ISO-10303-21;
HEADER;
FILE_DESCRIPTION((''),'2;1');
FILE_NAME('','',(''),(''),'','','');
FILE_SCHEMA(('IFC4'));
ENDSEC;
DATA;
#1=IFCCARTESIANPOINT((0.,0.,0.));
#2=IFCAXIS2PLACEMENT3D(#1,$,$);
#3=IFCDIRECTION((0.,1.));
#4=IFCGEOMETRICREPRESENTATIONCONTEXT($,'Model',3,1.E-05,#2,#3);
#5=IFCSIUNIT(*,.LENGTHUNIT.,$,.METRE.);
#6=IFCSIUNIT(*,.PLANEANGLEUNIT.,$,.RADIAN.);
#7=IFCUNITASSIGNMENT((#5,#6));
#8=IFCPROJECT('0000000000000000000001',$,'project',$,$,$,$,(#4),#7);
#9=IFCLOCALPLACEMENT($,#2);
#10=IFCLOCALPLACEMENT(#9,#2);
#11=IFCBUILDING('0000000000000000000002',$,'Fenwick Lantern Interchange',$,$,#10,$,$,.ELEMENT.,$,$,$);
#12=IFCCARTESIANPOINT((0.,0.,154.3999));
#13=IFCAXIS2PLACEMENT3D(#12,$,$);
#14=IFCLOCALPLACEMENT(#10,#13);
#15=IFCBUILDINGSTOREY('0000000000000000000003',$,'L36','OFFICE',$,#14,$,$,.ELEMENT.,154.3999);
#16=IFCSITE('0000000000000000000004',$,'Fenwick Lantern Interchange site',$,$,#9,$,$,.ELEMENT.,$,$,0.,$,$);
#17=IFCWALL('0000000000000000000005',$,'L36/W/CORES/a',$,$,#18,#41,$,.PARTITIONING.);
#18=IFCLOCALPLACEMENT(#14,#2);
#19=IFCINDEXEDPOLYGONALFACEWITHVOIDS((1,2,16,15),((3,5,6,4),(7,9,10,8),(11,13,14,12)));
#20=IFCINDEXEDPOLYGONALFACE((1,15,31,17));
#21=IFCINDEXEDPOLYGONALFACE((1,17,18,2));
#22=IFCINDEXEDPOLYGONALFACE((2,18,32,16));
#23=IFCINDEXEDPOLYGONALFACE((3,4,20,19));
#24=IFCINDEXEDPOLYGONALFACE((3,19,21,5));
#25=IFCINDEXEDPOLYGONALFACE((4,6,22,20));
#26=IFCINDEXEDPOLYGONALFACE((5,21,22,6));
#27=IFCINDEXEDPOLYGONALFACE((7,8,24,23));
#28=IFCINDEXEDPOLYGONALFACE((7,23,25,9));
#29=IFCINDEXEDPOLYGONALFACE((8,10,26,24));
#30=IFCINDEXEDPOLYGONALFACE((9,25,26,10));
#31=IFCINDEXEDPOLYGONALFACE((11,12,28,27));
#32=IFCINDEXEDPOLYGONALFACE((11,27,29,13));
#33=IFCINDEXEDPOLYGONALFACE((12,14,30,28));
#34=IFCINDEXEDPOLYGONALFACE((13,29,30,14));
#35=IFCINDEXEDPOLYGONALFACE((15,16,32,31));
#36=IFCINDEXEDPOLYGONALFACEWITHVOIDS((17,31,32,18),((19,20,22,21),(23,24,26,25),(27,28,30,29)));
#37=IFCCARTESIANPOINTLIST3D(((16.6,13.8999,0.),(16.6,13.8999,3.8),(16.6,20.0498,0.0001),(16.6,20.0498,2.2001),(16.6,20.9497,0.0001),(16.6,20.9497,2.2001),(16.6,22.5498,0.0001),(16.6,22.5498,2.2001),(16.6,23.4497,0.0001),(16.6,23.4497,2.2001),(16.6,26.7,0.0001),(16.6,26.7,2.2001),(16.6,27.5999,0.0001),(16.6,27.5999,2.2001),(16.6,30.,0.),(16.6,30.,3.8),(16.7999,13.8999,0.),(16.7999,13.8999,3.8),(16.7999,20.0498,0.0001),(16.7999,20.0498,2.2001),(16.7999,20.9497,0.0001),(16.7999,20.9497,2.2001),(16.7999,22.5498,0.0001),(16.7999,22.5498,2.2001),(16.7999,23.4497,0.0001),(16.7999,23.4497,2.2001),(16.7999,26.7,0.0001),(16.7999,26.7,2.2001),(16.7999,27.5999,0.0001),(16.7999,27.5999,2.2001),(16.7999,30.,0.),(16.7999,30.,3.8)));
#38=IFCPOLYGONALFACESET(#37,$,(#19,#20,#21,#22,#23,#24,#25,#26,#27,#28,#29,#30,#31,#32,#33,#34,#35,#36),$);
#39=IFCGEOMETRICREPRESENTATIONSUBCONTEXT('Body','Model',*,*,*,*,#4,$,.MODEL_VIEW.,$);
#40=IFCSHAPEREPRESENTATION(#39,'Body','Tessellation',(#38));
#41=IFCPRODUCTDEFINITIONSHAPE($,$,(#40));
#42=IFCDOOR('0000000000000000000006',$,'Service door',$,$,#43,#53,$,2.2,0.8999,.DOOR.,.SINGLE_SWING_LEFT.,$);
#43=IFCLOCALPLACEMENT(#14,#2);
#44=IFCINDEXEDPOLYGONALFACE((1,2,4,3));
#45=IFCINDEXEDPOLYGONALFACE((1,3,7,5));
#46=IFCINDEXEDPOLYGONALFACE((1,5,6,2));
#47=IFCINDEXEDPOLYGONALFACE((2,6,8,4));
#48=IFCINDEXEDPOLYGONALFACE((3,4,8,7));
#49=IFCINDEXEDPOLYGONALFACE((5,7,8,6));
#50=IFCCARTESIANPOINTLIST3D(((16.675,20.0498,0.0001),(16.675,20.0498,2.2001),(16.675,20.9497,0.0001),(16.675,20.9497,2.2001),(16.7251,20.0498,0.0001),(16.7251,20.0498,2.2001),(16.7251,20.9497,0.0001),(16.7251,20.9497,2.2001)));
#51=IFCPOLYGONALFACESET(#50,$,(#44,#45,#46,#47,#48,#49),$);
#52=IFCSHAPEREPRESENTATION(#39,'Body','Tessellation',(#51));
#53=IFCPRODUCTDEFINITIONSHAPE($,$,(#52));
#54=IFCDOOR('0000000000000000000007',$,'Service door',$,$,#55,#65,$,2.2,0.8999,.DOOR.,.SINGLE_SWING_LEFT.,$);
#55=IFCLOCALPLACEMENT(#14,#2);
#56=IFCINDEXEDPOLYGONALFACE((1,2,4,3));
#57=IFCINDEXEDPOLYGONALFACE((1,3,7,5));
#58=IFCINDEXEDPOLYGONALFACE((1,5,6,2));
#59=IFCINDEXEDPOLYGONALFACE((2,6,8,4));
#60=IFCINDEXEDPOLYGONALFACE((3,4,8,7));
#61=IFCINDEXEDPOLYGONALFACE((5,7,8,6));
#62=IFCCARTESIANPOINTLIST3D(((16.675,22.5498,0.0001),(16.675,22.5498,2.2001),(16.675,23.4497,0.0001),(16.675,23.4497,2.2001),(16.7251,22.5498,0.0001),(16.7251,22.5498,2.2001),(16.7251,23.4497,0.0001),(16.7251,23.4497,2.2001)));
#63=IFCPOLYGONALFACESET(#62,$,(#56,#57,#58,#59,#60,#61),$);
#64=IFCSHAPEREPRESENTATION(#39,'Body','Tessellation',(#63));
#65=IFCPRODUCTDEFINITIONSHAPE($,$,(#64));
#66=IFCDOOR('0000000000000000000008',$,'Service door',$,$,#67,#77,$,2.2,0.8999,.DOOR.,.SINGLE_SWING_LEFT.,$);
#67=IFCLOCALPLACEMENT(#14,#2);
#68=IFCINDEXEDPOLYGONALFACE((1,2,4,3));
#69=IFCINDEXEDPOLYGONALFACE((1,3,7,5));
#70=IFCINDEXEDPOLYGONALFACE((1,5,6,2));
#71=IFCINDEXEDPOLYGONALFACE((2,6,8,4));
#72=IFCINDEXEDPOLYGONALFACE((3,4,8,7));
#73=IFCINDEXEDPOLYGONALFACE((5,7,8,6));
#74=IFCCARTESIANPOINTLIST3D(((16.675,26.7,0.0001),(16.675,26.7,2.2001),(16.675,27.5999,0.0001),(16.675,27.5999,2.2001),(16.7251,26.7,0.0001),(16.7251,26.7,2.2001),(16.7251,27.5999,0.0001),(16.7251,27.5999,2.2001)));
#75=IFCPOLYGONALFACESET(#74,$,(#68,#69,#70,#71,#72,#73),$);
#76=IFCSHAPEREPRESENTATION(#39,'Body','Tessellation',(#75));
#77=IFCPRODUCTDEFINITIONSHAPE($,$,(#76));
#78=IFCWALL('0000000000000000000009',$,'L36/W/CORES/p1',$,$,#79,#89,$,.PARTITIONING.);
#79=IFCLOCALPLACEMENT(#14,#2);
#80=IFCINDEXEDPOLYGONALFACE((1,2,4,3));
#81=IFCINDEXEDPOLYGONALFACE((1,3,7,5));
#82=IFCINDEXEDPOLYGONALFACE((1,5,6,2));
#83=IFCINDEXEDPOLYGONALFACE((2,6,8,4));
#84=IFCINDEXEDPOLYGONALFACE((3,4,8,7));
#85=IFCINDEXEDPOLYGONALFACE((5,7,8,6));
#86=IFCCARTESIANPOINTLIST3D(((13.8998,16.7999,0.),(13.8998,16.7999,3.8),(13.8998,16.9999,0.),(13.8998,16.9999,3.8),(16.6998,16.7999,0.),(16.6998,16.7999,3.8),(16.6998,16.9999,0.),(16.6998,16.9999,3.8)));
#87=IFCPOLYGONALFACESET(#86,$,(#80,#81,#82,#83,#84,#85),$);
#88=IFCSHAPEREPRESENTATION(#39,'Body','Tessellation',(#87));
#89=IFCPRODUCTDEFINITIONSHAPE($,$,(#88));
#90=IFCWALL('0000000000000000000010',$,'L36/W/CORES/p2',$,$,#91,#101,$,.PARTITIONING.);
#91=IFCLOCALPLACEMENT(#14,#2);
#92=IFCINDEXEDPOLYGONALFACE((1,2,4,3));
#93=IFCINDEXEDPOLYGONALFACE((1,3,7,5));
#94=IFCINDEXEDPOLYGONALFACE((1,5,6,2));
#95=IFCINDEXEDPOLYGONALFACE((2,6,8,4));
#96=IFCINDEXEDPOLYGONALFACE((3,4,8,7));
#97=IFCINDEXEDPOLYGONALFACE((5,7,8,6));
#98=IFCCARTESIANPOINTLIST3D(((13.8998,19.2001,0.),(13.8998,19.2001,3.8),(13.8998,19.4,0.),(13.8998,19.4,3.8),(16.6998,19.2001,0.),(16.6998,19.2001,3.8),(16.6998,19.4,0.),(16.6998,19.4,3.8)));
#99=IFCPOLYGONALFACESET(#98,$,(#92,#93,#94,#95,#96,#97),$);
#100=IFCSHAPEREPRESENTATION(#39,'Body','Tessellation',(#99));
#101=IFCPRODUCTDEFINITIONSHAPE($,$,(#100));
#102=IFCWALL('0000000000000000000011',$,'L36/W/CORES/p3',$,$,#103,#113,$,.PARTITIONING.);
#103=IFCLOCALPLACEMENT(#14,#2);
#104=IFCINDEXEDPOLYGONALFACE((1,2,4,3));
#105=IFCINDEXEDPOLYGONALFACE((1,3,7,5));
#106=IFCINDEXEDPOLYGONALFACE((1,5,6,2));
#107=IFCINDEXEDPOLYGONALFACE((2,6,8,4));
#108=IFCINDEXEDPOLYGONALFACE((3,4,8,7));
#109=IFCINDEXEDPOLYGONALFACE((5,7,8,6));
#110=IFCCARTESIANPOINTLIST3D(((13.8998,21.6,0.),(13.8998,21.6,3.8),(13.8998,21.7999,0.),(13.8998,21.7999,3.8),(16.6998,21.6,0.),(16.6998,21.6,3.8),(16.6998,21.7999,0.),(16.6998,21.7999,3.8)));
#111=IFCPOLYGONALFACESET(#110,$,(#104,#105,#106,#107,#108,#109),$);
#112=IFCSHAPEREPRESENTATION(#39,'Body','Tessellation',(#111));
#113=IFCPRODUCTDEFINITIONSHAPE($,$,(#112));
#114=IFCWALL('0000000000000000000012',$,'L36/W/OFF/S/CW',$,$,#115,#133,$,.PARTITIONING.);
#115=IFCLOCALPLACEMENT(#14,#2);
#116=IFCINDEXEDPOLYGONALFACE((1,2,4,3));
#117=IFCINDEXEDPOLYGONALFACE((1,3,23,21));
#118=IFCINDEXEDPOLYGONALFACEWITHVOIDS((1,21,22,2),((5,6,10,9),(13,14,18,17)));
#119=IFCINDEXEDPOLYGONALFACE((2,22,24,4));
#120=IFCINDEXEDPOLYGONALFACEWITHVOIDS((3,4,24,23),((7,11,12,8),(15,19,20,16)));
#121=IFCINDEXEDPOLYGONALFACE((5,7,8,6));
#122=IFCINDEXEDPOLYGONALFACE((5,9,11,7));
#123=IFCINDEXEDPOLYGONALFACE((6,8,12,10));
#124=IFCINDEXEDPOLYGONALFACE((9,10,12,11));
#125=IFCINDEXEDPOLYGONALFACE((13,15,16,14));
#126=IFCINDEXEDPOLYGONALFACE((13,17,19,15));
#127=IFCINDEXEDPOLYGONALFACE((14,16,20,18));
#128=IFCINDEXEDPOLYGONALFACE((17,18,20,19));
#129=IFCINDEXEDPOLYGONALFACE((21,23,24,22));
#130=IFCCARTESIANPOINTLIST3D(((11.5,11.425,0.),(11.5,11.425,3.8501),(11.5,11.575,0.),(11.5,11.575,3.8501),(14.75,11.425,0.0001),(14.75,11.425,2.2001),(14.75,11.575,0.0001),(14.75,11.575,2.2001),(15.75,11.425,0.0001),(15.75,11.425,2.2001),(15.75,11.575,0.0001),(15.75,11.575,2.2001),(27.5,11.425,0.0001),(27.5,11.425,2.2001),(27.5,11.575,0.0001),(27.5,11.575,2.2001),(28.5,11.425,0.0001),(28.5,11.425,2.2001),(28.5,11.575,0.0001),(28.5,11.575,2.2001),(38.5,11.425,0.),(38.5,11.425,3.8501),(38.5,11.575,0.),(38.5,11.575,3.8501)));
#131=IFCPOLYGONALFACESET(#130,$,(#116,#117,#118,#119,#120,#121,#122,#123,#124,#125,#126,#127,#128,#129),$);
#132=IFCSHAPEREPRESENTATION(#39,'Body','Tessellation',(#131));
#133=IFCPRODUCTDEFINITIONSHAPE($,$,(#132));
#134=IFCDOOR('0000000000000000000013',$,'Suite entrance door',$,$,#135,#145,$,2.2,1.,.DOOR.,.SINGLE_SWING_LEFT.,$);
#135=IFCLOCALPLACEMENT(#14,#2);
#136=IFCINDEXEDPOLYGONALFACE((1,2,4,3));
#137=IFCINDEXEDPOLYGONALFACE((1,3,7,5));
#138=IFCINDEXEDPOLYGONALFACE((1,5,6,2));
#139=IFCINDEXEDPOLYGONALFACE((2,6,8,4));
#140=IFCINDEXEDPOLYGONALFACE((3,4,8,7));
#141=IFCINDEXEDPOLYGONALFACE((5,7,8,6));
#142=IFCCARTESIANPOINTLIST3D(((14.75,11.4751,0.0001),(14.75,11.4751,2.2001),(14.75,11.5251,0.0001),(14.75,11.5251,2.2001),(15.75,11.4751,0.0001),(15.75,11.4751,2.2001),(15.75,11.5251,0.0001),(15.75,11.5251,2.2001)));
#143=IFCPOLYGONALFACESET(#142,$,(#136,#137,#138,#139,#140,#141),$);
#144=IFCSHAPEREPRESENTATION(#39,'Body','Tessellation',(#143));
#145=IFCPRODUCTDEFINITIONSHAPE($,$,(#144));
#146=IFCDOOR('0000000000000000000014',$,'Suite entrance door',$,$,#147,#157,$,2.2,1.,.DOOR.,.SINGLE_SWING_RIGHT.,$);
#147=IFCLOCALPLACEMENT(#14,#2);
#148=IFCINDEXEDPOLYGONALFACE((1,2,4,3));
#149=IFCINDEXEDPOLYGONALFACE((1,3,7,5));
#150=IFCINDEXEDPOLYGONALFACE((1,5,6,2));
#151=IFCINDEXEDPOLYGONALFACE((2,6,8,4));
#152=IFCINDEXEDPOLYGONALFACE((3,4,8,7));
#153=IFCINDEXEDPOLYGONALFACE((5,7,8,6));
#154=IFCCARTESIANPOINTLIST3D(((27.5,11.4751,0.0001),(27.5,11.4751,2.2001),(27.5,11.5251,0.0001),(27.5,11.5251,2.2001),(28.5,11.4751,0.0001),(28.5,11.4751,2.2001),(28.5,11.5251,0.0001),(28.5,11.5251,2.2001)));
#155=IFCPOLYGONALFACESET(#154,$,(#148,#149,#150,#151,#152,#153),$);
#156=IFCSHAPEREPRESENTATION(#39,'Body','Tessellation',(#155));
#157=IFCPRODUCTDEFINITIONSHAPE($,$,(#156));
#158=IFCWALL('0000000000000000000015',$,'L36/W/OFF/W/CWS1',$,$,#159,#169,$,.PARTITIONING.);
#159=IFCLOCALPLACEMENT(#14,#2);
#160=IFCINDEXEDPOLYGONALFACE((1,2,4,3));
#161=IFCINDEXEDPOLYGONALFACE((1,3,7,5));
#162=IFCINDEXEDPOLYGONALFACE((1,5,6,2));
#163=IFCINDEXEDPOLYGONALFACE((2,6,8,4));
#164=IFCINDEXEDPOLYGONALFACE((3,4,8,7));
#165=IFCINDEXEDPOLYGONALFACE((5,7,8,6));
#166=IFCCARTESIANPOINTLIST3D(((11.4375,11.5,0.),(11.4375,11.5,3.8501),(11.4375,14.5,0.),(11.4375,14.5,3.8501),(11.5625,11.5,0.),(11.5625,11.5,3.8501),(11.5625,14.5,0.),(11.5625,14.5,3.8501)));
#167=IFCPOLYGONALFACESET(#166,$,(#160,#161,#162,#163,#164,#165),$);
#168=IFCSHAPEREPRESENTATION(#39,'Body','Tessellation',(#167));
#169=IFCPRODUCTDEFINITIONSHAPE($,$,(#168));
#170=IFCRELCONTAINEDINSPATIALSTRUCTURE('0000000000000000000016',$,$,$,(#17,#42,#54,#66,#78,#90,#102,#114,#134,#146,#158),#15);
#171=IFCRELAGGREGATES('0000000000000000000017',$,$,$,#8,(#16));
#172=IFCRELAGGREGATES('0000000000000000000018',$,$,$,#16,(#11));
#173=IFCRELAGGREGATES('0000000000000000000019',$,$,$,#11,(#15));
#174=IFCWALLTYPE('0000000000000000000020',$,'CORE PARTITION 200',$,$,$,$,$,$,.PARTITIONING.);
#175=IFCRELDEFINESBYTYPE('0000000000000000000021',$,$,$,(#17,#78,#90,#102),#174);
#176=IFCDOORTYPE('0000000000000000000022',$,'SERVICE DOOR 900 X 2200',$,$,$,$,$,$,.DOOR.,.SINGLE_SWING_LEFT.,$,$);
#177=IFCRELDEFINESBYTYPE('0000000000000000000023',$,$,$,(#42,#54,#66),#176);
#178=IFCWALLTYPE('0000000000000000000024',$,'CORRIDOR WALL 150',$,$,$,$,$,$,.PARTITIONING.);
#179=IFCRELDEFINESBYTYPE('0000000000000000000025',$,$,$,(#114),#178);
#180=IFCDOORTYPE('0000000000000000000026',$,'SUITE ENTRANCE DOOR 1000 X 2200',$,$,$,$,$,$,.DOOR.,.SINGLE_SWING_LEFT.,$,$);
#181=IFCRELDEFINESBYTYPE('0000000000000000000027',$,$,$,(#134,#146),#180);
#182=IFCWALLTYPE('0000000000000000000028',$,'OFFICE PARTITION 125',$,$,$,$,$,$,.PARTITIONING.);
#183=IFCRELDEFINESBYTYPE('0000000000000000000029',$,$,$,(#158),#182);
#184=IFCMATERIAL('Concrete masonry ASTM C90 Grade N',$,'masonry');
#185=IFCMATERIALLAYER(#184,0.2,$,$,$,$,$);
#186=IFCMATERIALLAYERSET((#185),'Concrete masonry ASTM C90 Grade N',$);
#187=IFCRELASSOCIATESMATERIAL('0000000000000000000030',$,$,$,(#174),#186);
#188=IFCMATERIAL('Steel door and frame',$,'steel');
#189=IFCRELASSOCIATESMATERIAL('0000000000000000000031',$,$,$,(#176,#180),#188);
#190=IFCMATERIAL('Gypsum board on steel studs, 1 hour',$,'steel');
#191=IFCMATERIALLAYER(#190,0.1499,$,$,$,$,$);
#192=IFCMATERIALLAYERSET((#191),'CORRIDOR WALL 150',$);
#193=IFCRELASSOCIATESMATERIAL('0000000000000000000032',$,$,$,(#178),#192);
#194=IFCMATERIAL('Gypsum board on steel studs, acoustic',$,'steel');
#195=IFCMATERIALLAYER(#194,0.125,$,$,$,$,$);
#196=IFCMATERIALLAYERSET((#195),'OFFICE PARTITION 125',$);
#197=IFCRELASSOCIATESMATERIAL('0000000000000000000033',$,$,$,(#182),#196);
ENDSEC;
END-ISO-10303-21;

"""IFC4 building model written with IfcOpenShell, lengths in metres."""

from ifc_helpers import new_model, si_unit, direction, frame, frame_2d, origin, place, context, subcontext, project, spatial, rectangle, extrude, material, layer, layer_set, type_object, element, fill, save


model = new_model("IFC4")

# Units and contexts
model_context = context("Model", 3, precision=1e-05, world=origin(), true_north=direction((0.0, 1.0)))
body_context = subcontext(model_context, "Body", "Model", "MODEL_VIEW")
ifc_project = project(units=[si_unit("LENGTHUNIT", "METRE"), si_unit("PLANEANGLEUNIT", "RADIAN")], contexts=[model_context])

# Site, building, storey
site_placement = place(None, origin())
site = spatial("IfcSite", under=ifc_project, at=site_placement, Name="Fenwick Lantern Interchange site", CompositionType="ELEMENT", RefElevation=0.0)
building_placement = place(site_placement, origin())
building = spatial("IfcBuilding", under=site, at=building_placement, Name="Fenwick Lantern Interchange", CompositionType="ELEMENT")
storey_placement = place(building_placement, frame((0.0, 0.0, 154.3999)))
storey = spatial("IfcBuildingStorey", under=building, at=storey_placement, Name="L36", Description="OFFICE", CompositionType="ELEMENT", Elevation=154.3999)

# Wall, openings, doors
ifc_material_1 = material(Name="Concrete masonry ASTM C90 Grade N", Category="masonry")
ifc_layer_1 = layer(ifc_material_1, 0.2)
ifc_layer_set_1 = layer_set([ifc_layer_1], Name="Concrete masonry ASTM C90 Grade N")
wall_type_1 = type_object("IfcWallType", Name="CORE PARTITION 200", PredefinedType="PARTITIONING", material=ifc_layer_set_1)
wall_1_placement = place(storey_placement, frame((16.7, 13.8999, 0.0), z_axis=(0.0, 0.0, 1.0), x_axis=(0.0, 1.0, 0.0)))
wall_1 = element("IfcWall", 1, at=wall_1_placement, inside=storey, type_object=wall_type_1, Name="L36/W/CORES/a", PredefinedType="PARTITIONING", context=body_context, shape_type="SweptSolid", body=[
    extrude(rectangle(XDim=16.1001, YDim=0.2, at=frame_2d((8.05, 0.0))), origin(), (0.0, 0.0, 1.0), 3.8),
])
opening_1_placement = place(wall_1_placement, frame((6.1499, 0.0, 0.0)))
opening_1 = element("IfcOpeningElement", 2, at=opening_1_placement, cuts=wall_1, PredefinedType="OPENING", context=body_context, shape_type="SweptSolid", body=[
    extrude(rectangle(XDim=0.8999, YDim=2.2, at=frame_2d((0.45, 1.1001))), frame((0.0, 0.1099, 0.0), z_axis=(0.0, -1.0, 0.0), x_axis=(1.0, 0.0, 0.0)), (0.0, 0.0, 1.0), 0.22),
])
opening_2_placement = place(wall_1_placement, frame((8.6499, 0.0, 0.0)))
opening_2 = element("IfcOpeningElement", 3, at=opening_2_placement, cuts=wall_1, PredefinedType="OPENING", context=body_context, shape_type="SweptSolid", body=[
    extrude(rectangle(XDim=0.8999, YDim=2.2, at=frame_2d((0.45, 1.1001))), frame((0.0, 0.1099, 0.0), z_axis=(0.0, -1.0, 0.0), x_axis=(1.0, 0.0, 0.0)), (0.0, 0.0, 1.0), 0.22),
])
opening_3_placement = place(wall_1_placement, frame((12.8, 0.0, 0.0)))
opening_3 = element("IfcOpeningElement", 4, at=opening_3_placement, cuts=wall_1, PredefinedType="OPENING", context=body_context, shape_type="SweptSolid", body=[
    extrude(rectangle(XDim=0.8999, YDim=2.2, at=frame_2d((0.45, 1.1001))), frame((0.0, 0.1099, 0.0), z_axis=(0.0, -1.0, 0.0), x_axis=(1.0, 0.0, 0.0)), (0.0, 0.0, 1.0), 0.22),
])
ifc_material_2 = material(Name="Steel door and frame", Category="steel")
door_type_1 = type_object("IfcDoorType", Name="SERVICE DOOR 900 X 2200", OperationType="SINGLE_SWING_LEFT", PredefinedType="DOOR", material=ifc_material_2)
door_1_placement = place(opening_1_placement, origin())
door_1 = element("IfcDoor", 5, at=door_1_placement, inside=storey, type_object=door_type_1, Name="Service door", OperationType="SINGLE_SWING_LEFT", OverallHeight=2.2, OverallWidth=0.8999, PredefinedType="DOOR", context=body_context, shape_type="SweptSolid", body=[
    extrude(rectangle(XDim=0.8999, YDim=2.2, at=frame_2d((0.45, 1.1001))), frame((0.0, 0.0249, 0.0), z_axis=(0.0, -1.0, 0.0), x_axis=(1.0, 0.0, 0.0)), (0.0, 0.0, 1.0), 0.05),
])
fill(opening_1, door_1)
door_2_placement = place(opening_2_placement, origin())
door_2 = element("IfcDoor", 6, at=door_2_placement, inside=storey, type_object=door_type_1, Name="Service door", OperationType="SINGLE_SWING_LEFT", OverallHeight=2.2, OverallWidth=0.8999, PredefinedType="DOOR", context=body_context, shape_type="SweptSolid", body=[
    extrude(rectangle(XDim=0.8999, YDim=2.2, at=frame_2d((0.45, 1.1001))), frame((0.0, 0.0249, 0.0), z_axis=(0.0, -1.0, 0.0), x_axis=(1.0, 0.0, 0.0)), (0.0, 0.0, 1.0), 0.05),
])
fill(opening_2, door_2)
door_3_placement = place(opening_3_placement, origin())
door_3 = element("IfcDoor", 7, at=door_3_placement, inside=storey, type_object=door_type_1, Name="Service door", OperationType="SINGLE_SWING_LEFT", OverallHeight=2.2, OverallWidth=0.8999, PredefinedType="DOOR", context=body_context, shape_type="SweptSolid", body=[
    extrude(rectangle(XDim=0.8999, YDim=2.2, at=frame_2d((0.45, 1.1001))), frame((0.0, 0.0249, 0.0), z_axis=(0.0, -1.0, 0.0), x_axis=(1.0, 0.0, 0.0)), (0.0, 0.0, 1.0), 0.05),
])
fill(opening_3, door_3)

# Walls
for number, where, z_axis, x_axis, name in (
    (8, (13.8999, 16.8999, 0.0), (0.0, 0.0, 1.0), (1.0, 0.0, 0.0), "L36/W/CORES/p1"),
    (9, (13.8999, 19.3, 0.0), (0.0, 0.0, 1.0), (1.0, 0.0, 0.0), "L36/W/CORES/p2"),
    (10, (13.8999, 21.7, 0.0), (0.0, 0.0, 1.0), (1.0, 0.0, 0.0), "L36/W/CORES/p3"),
):
    element("IfcWall", number, at=place(storey_placement, frame(where, z_axis=z_axis, x_axis=x_axis)), inside=storey, type_object=wall_type_1, Name=name, PredefinedType="PARTITIONING", context=body_context, shape_type="SweptSolid", body=[
        extrude(rectangle(XDim=2.8, YDim=0.2, at=frame_2d((1.3999, 0.0))), origin(), (0.0, 0.0, 1.0), 3.8),
    ])

# Wall, openings, doors
ifc_material_3 = material(Name="Gypsum board on steel studs, 1 hour", Category="steel")
ifc_layer_2 = layer(ifc_material_3, 0.1499)
ifc_layer_set_2 = layer_set([ifc_layer_2], Name="CORRIDOR WALL 150")
wall_type_2 = type_object("IfcWallType", Name="CORRIDOR WALL 150", PredefinedType="PARTITIONING", material=ifc_layer_set_2)
wall_2_placement = place(storey_placement, frame((11.5, 11.5, 0.0), z_axis=(0.0, 0.0, 1.0), x_axis=(1.0, 0.0, 0.0)))
wall_2 = element("IfcWall", 11, at=wall_2_placement, inside=storey, type_object=wall_type_2, Name="L36/W/OFF/S/CW", PredefinedType="PARTITIONING", context=body_context, shape_type="SweptSolid", body=[
    extrude(rectangle(XDim=27.0, YDim=0.1499, at=frame_2d((13.5, 0.0))), origin(), (0.0, 0.0, 1.0), 3.8501),
])
opening_4_placement = place(wall_2_placement, frame((3.25, 0.0, 0.0)))
opening_4 = element("IfcOpeningElement", 12, at=opening_4_placement, cuts=wall_2, PredefinedType="OPENING", context=body_context, shape_type="SweptSolid", body=[
    extrude(rectangle(XDim=1.0, YDim=2.2, at=frame_2d((0.5, 1.1001))), frame((0.0, 0.085, 0.0), z_axis=(0.0, -1.0, 0.0), x_axis=(1.0, 0.0, 0.0)), (0.0, 0.0, 1.0), 0.1699),
])
opening_5_placement = place(wall_2_placement, frame((16.0, 0.0, 0.0)))
opening_5 = element("IfcOpeningElement", 13, at=opening_5_placement, cuts=wall_2, PredefinedType="OPENING", context=body_context, shape_type="SweptSolid", body=[
    extrude(rectangle(XDim=1.0, YDim=2.2, at=frame_2d((0.5, 1.1001))), frame((0.0, 0.085, 0.0), z_axis=(0.0, -1.0, 0.0), x_axis=(1.0, 0.0, 0.0)), (0.0, 0.0, 1.0), 0.1699),
])
door_type_2 = type_object("IfcDoorType", Name="SUITE ENTRANCE DOOR 1000 X 2200", OperationType="SINGLE_SWING_LEFT", PredefinedType="DOOR", material=ifc_material_2)
door_4_placement = place(opening_4_placement, frame((1.0, 0.0, 0.0), z_axis=(0.0, 0.0, 1.0), x_axis=(-1.0, 0.0, 0.0)))
door_4 = element("IfcDoor", 14, at=door_4_placement, inside=storey, type_object=door_type_2, Name="Suite entrance door", OperationType="SINGLE_SWING_LEFT", OverallHeight=2.2, OverallWidth=1.0, PredefinedType="DOOR", context=body_context, shape_type="SweptSolid", body=[
    extrude(rectangle(XDim=1.0, YDim=2.2, at=frame_2d((0.5, 1.1001))), frame((0.0, 0.0249, 0.0), z_axis=(0.0, -1.0, 0.0), x_axis=(1.0, 0.0, 0.0)), (0.0, 0.0, 1.0), 0.05),
])
fill(opening_4, door_4)
door_5_placement = place(opening_5_placement, frame((1.0, 0.0, 0.0), z_axis=(0.0, 0.0, 1.0), x_axis=(-1.0, 0.0, 0.0)))
door_5 = element("IfcDoor", 15, at=door_5_placement, inside=storey, type_object=door_type_2, Name="Suite entrance door", OperationType="SINGLE_SWING_RIGHT", OverallHeight=2.2, OverallWidth=1.0, PredefinedType="DOOR", context=body_context, shape_type="SweptSolid", body=[
    extrude(rectangle(XDim=1.0, YDim=2.2, at=frame_2d((0.5, 1.1001))), frame((0.0, 0.0249, 0.0), z_axis=(0.0, -1.0, 0.0), x_axis=(1.0, 0.0, 0.0)), (0.0, 0.0, 1.0), 0.05),
])
fill(opening_5, door_5)

# Wall
ifc_material_4 = material(Name="Gypsum board on steel studs, acoustic", Category="steel")
ifc_layer_3 = layer(ifc_material_4, 0.125)
ifc_layer_set_3 = layer_set([ifc_layer_3], Name="OFFICE PARTITION 125")
wall_type_3 = type_object("IfcWallType", Name="OFFICE PARTITION 125", PredefinedType="PARTITIONING", material=ifc_layer_set_3)
wall_3_placement = place(storey_placement, frame((11.5, 14.5, 0.0), z_axis=(0.0, 0.0, 1.0), x_axis=(0.0, -1.0, 0.0)))
element("IfcWall", 16, at=wall_3_placement, inside=storey, type_object=wall_type_3, Name="L36/W/OFF/W/CWS1", PredefinedType="PARTITIONING", context=body_context, shape_type="SweptSolid", body=[
    extrude(rectangle(XDim=3.0, YDim=0.125, at=frame_2d((1.5, 0.0))), origin(), (0.0, 0.0, 1.0), 3.8501),
])

save(model, "model.ifc")
